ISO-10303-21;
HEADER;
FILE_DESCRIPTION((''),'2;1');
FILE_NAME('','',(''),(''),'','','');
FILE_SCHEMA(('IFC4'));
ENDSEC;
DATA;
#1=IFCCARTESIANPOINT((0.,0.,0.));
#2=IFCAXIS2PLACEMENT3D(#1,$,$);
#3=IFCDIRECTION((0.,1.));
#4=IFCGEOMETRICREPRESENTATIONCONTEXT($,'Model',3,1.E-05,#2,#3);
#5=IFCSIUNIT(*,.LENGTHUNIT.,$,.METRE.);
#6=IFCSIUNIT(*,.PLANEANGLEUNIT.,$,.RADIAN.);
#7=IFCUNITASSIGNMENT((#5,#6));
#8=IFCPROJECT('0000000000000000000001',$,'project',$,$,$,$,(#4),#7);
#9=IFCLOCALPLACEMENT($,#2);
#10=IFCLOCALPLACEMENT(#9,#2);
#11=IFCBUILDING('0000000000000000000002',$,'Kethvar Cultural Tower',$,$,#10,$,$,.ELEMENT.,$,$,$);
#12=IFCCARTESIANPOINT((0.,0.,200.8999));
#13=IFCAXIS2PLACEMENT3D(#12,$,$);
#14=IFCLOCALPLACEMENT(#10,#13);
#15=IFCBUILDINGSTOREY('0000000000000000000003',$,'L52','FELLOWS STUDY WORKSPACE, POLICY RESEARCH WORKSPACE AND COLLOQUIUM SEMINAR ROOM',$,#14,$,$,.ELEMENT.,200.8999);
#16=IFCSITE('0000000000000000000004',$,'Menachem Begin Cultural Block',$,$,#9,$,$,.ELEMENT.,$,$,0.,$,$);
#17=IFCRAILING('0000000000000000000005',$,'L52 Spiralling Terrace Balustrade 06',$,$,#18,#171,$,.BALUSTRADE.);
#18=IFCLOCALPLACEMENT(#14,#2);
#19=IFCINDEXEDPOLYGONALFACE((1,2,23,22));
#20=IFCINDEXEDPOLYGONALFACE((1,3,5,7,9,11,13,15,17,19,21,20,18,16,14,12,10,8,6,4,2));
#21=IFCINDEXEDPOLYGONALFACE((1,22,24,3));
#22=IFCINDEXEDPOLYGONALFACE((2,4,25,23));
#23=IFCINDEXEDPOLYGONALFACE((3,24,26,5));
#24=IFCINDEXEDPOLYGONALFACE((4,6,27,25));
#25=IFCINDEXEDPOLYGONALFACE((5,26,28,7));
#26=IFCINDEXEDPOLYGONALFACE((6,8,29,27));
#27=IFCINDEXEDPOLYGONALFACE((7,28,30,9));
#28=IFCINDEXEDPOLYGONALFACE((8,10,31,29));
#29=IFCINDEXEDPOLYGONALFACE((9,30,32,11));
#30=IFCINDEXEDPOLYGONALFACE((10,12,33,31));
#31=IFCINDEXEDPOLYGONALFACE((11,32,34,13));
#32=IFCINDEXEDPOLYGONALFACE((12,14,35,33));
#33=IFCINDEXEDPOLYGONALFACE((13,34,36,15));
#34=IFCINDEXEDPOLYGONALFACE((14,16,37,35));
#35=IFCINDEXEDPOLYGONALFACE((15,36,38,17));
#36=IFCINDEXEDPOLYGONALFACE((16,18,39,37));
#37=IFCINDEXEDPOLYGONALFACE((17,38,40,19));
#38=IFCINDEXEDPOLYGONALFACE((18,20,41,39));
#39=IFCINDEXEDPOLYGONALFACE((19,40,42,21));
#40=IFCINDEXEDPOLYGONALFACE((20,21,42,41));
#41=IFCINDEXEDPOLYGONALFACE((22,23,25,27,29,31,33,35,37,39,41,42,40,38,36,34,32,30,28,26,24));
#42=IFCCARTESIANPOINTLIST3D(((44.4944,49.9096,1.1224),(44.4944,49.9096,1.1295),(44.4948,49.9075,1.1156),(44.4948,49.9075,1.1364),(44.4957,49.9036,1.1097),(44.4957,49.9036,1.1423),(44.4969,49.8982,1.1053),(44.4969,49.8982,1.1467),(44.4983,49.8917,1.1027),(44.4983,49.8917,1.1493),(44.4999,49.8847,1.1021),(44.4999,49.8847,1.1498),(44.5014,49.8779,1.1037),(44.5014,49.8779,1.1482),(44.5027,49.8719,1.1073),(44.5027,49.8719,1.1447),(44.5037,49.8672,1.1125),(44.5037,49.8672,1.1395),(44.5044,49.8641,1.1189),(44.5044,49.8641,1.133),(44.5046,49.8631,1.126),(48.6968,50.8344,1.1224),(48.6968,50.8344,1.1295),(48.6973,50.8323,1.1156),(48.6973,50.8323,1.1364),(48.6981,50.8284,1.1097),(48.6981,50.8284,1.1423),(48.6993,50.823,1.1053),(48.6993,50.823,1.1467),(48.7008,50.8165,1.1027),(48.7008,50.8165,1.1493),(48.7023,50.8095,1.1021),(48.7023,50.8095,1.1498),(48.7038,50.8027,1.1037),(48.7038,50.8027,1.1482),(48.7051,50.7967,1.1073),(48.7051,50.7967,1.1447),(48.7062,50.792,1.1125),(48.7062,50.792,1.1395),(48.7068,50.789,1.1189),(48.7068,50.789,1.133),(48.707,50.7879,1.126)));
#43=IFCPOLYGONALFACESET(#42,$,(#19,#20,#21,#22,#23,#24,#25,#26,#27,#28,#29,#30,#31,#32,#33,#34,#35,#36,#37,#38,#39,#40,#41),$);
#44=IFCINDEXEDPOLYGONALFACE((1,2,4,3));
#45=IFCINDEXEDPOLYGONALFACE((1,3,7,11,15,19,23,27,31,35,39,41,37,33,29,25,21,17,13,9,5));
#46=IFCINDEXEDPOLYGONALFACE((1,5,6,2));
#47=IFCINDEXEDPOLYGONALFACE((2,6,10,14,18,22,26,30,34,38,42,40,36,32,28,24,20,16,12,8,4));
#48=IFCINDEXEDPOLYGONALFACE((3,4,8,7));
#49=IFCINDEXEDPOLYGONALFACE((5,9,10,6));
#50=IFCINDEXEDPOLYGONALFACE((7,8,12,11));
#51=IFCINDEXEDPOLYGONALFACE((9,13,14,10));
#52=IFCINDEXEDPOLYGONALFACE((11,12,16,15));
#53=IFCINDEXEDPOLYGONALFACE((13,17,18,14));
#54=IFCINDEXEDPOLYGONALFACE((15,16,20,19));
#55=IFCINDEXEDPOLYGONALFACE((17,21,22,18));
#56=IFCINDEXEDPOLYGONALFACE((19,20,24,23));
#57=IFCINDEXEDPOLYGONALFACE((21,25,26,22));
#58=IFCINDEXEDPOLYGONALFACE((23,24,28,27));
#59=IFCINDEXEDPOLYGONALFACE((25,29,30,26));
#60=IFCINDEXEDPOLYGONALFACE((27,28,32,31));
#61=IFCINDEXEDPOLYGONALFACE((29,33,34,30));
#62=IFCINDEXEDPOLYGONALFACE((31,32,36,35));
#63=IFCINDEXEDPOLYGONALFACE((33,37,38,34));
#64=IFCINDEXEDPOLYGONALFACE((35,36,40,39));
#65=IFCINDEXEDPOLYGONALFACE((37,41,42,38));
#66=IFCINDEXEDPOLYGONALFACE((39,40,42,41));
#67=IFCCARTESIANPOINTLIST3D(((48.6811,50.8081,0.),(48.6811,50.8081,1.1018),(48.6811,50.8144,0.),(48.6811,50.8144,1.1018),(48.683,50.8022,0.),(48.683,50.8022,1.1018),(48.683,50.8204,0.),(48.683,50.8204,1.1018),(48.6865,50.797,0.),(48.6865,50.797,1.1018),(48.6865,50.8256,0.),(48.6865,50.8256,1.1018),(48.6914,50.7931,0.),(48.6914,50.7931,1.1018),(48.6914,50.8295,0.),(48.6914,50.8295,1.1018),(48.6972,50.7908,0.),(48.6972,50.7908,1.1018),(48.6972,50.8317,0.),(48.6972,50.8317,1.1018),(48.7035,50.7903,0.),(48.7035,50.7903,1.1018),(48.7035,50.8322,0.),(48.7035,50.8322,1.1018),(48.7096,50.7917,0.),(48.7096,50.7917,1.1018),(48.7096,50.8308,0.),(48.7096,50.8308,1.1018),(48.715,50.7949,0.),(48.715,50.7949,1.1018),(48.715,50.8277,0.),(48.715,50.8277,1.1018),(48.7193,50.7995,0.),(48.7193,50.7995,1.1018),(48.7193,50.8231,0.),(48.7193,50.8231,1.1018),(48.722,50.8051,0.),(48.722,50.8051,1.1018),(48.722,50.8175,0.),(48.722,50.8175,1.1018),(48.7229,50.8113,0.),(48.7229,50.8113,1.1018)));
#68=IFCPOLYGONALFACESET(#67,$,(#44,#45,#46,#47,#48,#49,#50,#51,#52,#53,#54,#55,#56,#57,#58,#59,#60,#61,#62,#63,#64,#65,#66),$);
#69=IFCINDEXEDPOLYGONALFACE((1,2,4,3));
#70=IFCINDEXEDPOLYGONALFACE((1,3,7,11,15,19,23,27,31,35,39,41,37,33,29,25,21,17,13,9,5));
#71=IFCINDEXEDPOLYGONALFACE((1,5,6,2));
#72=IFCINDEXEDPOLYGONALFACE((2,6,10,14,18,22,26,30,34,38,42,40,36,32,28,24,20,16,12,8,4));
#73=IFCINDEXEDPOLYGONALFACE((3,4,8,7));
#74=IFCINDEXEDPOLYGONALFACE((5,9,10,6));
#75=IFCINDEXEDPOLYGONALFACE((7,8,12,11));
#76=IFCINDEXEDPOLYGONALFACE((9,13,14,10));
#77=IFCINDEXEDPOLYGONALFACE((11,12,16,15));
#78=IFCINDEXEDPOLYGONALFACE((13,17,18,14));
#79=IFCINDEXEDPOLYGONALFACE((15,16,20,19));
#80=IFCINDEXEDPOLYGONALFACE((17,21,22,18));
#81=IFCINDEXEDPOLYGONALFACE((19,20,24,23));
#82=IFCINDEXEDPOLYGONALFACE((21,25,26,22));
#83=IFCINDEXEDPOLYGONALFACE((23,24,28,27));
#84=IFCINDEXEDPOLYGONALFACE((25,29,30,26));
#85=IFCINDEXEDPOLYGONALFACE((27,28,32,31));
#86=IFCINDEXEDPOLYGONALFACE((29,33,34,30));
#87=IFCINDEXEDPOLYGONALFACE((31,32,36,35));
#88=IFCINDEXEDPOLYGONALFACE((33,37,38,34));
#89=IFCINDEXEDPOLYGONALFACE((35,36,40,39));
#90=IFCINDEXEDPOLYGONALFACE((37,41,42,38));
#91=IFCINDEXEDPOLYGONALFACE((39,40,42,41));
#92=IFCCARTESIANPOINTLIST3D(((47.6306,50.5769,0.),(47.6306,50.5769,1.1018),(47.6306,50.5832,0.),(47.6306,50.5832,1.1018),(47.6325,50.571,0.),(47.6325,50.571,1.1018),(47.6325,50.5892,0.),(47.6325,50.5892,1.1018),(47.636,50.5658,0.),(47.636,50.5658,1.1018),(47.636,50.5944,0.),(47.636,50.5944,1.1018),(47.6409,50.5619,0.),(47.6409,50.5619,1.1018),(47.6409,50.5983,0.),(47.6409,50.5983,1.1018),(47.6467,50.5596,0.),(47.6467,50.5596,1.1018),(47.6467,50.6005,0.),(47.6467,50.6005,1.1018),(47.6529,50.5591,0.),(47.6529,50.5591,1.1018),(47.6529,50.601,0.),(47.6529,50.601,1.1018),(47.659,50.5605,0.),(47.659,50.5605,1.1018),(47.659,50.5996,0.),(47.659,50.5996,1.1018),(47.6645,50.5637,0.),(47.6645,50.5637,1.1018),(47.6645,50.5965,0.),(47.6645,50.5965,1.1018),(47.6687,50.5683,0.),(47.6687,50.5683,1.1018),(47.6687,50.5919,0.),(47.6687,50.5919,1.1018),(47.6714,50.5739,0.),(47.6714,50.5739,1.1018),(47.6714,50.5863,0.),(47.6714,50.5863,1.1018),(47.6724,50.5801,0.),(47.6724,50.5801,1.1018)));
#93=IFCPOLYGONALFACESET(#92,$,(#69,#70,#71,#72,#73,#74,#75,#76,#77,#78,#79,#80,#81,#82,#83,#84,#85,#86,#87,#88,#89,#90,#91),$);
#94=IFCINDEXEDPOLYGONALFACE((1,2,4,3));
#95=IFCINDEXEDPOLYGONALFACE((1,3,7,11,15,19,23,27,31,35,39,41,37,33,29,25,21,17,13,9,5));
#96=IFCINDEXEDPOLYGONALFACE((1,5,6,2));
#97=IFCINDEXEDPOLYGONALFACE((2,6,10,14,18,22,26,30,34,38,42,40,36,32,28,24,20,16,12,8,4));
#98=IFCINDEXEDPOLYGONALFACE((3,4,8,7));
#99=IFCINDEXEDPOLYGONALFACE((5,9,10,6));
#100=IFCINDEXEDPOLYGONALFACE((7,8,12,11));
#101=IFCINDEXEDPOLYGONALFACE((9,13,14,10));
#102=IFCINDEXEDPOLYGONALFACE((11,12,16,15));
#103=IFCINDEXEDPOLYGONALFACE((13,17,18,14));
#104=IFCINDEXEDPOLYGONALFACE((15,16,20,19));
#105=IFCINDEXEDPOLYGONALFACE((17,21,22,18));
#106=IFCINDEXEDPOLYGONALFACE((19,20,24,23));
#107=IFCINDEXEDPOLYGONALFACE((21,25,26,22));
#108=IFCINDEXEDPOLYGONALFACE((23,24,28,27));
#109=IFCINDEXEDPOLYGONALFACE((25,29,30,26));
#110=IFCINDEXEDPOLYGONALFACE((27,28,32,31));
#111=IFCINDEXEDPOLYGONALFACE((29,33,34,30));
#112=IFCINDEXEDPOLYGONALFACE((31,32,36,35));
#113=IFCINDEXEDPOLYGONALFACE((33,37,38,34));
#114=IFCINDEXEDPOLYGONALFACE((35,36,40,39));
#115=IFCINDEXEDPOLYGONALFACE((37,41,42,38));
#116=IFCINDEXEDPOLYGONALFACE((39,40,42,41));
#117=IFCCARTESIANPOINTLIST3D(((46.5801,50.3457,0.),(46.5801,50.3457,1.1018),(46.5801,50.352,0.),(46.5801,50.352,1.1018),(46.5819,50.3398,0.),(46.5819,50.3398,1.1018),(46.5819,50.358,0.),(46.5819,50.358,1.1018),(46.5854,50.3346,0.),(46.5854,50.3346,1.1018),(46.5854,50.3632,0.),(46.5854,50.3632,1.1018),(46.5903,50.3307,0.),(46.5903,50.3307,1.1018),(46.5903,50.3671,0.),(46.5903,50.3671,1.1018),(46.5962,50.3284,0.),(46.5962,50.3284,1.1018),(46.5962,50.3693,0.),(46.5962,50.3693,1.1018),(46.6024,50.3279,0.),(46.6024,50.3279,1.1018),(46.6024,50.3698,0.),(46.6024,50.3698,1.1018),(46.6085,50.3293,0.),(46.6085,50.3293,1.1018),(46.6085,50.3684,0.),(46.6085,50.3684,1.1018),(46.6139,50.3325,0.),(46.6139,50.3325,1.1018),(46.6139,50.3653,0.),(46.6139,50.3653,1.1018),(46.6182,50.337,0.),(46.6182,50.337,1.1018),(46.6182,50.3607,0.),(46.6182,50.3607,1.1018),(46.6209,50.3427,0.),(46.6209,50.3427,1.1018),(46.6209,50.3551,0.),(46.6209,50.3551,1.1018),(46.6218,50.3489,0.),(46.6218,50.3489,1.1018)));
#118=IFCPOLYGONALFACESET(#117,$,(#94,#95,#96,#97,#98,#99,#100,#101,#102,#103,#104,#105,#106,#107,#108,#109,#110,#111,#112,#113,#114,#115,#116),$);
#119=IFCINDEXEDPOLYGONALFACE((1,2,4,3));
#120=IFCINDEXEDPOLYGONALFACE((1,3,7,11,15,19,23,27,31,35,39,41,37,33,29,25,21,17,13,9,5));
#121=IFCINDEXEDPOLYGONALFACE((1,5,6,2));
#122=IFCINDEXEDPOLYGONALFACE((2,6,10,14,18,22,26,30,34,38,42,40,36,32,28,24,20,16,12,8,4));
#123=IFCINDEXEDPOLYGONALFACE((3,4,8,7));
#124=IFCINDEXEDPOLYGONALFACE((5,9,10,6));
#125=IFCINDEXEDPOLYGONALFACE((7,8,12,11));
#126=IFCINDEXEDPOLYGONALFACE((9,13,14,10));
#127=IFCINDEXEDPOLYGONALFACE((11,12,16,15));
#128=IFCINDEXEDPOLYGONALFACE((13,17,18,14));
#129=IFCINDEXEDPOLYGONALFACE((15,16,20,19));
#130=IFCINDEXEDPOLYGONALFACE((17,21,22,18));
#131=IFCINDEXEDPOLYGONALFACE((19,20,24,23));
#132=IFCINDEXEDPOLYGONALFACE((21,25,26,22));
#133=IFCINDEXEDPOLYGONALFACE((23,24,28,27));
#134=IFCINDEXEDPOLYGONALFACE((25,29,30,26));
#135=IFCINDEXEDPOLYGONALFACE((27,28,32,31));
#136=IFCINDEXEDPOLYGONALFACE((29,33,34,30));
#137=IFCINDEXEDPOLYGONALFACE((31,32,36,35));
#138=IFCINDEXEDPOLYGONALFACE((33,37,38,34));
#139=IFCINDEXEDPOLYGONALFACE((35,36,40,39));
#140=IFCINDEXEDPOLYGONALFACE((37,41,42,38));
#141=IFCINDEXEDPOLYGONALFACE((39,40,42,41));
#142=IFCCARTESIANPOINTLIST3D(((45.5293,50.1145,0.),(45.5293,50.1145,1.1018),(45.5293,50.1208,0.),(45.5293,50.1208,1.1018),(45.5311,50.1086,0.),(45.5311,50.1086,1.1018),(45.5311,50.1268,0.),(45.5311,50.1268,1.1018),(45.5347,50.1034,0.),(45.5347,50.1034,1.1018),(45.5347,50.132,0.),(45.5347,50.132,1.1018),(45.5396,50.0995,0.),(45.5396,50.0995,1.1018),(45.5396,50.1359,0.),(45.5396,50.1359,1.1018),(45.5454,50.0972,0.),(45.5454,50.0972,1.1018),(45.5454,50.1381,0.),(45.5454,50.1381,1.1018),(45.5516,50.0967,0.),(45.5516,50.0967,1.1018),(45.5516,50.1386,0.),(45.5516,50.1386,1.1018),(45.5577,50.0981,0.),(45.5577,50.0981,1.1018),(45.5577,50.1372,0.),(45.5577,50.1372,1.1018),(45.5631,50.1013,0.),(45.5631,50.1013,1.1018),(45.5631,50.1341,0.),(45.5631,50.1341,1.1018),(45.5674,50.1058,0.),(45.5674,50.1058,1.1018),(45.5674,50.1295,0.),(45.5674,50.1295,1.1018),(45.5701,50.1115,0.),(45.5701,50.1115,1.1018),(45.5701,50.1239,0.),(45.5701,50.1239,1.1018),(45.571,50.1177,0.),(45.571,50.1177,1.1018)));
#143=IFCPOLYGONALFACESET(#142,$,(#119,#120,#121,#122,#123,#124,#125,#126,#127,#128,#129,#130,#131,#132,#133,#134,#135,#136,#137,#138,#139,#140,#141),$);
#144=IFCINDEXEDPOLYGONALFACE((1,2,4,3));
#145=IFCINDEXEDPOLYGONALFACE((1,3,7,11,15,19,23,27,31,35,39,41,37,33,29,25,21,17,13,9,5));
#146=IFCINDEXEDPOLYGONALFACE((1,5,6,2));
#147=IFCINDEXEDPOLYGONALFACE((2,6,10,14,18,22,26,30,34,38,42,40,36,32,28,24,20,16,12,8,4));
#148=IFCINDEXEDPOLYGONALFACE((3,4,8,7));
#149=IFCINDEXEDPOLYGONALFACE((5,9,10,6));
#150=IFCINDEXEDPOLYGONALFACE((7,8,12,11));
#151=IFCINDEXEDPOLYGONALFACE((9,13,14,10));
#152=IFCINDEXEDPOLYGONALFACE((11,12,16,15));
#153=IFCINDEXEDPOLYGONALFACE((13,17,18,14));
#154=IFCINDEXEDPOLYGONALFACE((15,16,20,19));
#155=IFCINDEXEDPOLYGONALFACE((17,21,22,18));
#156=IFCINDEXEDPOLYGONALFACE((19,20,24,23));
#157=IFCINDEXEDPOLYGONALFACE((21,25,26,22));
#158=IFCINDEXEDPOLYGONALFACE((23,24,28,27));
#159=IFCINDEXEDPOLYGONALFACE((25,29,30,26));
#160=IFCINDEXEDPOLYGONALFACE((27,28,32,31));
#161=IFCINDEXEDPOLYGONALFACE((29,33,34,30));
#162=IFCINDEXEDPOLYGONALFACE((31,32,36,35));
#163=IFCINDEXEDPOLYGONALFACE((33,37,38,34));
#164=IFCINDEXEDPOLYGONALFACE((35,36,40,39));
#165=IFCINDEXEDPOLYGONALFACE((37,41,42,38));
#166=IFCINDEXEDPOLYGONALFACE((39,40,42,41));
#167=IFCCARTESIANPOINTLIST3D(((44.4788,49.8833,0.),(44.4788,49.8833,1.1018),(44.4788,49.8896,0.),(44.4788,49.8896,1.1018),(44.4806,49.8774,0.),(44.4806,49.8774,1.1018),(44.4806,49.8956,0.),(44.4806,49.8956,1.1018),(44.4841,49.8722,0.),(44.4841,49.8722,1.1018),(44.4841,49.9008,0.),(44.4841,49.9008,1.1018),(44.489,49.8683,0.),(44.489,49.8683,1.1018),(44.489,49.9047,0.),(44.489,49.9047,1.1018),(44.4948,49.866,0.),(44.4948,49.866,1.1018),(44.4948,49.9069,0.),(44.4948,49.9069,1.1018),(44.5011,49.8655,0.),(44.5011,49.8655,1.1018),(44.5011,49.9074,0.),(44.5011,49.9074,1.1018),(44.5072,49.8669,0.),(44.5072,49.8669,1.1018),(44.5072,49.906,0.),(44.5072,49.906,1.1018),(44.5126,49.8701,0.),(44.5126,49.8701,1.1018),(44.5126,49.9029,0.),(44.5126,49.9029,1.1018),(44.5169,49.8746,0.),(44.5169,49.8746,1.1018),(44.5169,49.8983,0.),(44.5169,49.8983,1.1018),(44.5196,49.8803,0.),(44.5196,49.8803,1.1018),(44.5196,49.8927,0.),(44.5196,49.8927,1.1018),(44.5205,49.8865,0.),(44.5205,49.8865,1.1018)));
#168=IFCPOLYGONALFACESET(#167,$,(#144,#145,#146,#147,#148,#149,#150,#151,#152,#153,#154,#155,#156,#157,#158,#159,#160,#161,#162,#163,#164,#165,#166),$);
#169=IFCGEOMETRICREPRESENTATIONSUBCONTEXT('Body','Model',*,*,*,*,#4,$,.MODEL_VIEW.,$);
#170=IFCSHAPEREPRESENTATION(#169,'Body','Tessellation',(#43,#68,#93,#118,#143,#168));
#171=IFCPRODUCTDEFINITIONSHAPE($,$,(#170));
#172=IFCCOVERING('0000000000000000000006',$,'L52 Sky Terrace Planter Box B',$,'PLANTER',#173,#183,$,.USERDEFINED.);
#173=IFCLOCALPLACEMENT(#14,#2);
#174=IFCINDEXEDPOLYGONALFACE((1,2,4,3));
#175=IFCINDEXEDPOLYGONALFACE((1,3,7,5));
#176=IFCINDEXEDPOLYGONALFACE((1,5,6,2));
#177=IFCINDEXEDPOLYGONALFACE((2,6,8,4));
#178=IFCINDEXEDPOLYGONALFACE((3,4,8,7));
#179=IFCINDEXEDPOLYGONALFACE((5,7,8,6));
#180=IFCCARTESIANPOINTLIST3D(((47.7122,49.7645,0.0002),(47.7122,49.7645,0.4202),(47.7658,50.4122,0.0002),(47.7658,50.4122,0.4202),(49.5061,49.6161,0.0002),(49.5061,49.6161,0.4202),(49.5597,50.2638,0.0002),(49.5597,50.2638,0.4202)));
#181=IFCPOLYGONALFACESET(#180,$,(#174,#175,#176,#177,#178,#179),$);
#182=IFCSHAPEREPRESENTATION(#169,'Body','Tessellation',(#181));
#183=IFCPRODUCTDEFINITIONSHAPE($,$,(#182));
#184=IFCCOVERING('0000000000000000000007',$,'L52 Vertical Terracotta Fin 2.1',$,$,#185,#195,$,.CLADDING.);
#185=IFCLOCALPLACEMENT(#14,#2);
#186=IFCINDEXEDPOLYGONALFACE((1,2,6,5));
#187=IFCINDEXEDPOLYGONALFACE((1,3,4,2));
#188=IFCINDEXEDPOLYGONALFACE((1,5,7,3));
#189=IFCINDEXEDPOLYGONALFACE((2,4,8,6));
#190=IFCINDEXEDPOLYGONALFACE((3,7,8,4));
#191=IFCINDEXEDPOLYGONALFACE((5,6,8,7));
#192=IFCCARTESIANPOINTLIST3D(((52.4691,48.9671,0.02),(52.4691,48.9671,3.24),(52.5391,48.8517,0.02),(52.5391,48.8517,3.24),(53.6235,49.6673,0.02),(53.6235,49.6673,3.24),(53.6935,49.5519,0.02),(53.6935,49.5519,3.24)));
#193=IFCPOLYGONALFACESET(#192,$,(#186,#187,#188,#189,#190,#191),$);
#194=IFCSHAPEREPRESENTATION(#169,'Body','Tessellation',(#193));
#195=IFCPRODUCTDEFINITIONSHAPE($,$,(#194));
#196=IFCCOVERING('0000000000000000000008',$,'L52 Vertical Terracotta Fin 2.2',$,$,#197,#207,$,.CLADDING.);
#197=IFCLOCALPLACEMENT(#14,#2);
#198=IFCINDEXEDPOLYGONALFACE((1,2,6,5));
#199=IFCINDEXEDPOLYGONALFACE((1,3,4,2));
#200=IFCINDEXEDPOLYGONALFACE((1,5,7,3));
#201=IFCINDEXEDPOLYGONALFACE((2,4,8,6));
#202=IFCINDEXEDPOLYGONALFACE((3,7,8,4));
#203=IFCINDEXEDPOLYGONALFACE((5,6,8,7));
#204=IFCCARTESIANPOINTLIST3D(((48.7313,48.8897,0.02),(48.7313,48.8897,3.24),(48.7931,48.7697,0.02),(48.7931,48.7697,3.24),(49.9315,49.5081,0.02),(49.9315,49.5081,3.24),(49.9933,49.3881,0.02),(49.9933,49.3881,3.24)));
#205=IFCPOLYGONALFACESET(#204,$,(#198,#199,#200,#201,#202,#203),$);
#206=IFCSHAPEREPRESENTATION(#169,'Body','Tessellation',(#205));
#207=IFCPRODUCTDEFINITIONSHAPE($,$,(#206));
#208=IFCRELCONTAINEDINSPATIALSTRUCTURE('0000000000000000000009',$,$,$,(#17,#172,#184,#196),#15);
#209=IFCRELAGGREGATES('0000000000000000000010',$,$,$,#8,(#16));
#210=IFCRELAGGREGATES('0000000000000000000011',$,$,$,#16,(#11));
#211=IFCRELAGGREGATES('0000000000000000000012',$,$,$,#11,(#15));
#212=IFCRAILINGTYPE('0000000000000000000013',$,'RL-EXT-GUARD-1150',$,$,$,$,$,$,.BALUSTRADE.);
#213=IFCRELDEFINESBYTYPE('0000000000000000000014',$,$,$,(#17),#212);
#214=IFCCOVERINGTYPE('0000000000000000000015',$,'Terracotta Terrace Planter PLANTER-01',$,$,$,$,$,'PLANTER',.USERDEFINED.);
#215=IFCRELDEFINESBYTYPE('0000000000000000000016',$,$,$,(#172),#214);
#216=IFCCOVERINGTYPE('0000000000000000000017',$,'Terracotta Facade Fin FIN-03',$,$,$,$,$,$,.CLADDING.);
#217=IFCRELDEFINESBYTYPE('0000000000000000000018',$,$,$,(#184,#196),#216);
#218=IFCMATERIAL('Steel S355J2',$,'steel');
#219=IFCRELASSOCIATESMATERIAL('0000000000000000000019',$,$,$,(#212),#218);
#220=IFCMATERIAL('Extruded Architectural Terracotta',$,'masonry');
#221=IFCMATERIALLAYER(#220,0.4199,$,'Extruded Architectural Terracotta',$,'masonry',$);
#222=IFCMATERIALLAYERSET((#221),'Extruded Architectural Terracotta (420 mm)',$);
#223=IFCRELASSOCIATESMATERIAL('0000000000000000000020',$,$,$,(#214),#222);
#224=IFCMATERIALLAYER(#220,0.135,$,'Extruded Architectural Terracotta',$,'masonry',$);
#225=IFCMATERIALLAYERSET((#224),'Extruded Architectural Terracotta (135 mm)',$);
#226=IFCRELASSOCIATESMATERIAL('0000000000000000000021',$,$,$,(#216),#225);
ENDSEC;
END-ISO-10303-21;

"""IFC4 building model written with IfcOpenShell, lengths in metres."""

from ifc_helpers import new_model, si_unit, direction, frame, origin, origin_2d, place, context, subcontext, project, spatial, rectangle, circle, extrude, source, transform, mapped, material, layer, layer_set, type_object, element, save


model = new_model("IFC4")

# Units and contexts
model_context = context("Model", 3, precision=1e-05, world=origin(), true_north=direction((0.0, 1.0)))
body_context = subcontext(model_context, "Body", "Model", "MODEL_VIEW")
ifc_project = project(units=[si_unit("LENGTHUNIT", "METRE"), si_unit("PLANEANGLEUNIT", "RADIAN")], contexts=[model_context])

# Site, building, storey
site_placement = place(None, origin())
site = spatial("IfcSite", under=ifc_project, at=site_placement, Name="Menachem Begin Cultural Block", CompositionType="ELEMENT", RefElevation=0.0)
building_placement = place(site_placement, origin())
building = spatial("IfcBuilding", under=site, at=building_placement, Name="Kethvar Cultural Tower", CompositionType="ELEMENT")
storey_placement = place(building_placement, frame((0.0, 0.0, 200.8999)))
storey = spatial("IfcBuildingStorey", under=building, at=storey_placement, Name="L52", Description="FELLOWS STUDY WORKSPACE, POLICY RESEARCH WORKSPACE AND COLLOQUIUM SEMINAR ROOM", CompositionType="ELEMENT", Elevation=200.8999)

# Shared definitions
ifc_material_1 = material(Name="Steel S355J2", Category="steel")

# Railing
railing_type = type_object("IfcRailingType", Name="RL-EXT-GUARD-1150", PredefinedType="BALUSTRADE", material=ifc_material_1)
railing_1_placement = place(storey_placement, frame((48.7019, 50.8113, 0.0)))
element("IfcRailing", 1, at=railing_1_placement, inside=storey, type_object=railing_type, Name="L52 Spiralling Terrace Balustrade 06", PredefinedType="BALUSTRADE", context=body_context, shape_type="SweptSolid", body=[
    extrude(circle(Radius=0.0239, at=origin_2d()), frame((0.0, 0.0, 1.126), z_axis=(-0.976631, -0.214923, 0.0), x_axis=(0.214923, -0.976631, 0.0)), (0.0, 0.0, 1.0), 4.303),
    extrude(circle(Radius=0.021, at=origin_2d()), origin(), (0.0, 0.0, 1.0), 1.1018),
    extrude(circle(Radius=0.021, at=origin_2d()), frame((-1.0505, -0.2312, 0.0)), (0.0, 0.0, 1.0), 1.1018),
    extrude(circle(Radius=0.021, at=origin_2d()), frame((-2.1011, -0.4624, 0.0)), (0.0, 0.0, 1.0), 1.1018),
    extrude(circle(Radius=0.021, at=origin_2d()), frame((-3.1519, -0.6936, 0.0)), (0.0, 0.0, 1.0), 1.1018),
    extrude(circle(Radius=0.021, at=origin_2d()), frame((-4.2024, -0.9248, 0.0)), (0.0, 0.0, 1.0), 1.1018),
])

# Coverings
ifc_material_2 = material(Name="Extruded Architectural Terracotta", Category="masonry")
ifc_layer_1 = layer(ifc_material_2, 0.4199, Name="Extruded Architectural Terracotta", Category="masonry")
ifc_layer_set_1 = layer_set([ifc_layer_1], Name="Extruded Architectural Terracotta (420 mm)")
covering_type_1 = type_object("IfcCoveringType", Name="Terracotta Terrace Planter PLANTER-01", ElementType="PLANTER", PredefinedType="USERDEFINED", material=ifc_layer_set_1)
shared_shape_1 = source(origin(), body_context, "Body", "SweptSolid", [
    extrude(rectangle(XDim=1.8, YDim=0.6499, at=origin_2d()), origin(), (0.0, 0.0, 1.0), 0.4199),
])
covering_placement = place(storey_placement, frame((48.636, 50.0142, 0.0002), z_axis=(0.0, 0.0, 1.0), x_axis=(-0.996594, 0.08246, 0.0)))
element("IfcCovering", 2, at=covering_placement, inside=storey, type_object=covering_type_1, Name="L52 Sky Terrace Planter Box B", ObjectType="PLANTER", PredefinedType="USERDEFINED", context=body_context, shape_type="MappedRepresentation", body=[
    mapped(shared_shape_1, transform((0.0, 0.0, 0.0), scale=1.0)),
])
ifc_layer_2 = layer(ifc_material_2, 0.135, Name="Extruded Architectural Terracotta", Category="masonry")
ifc_layer_set_2 = layer_set([ifc_layer_2], Name="Extruded Architectural Terracotta (135 mm)")
covering_type_2 = type_object("IfcCoveringType", Name="Terracotta Facade Fin FIN-03", PredefinedType="CLADDING", material=ifc_layer_set_2)
shared_shape_2 = source(origin(), body_context, "Body", "SweptSolid", [
    extrude(rectangle(XDim=1.3501, YDim=0.135, at=origin_2d()), origin(), (0.0, 0.0, 1.0), 3.22),
])
for number, where, z_axis, x_axis, name in (
    (3, (53.0813, 49.2595, 0.02), (0.0, 0.0, 1.0), (0.855002, 0.518624, 0.0), "L52 Vertical Terracotta Fin 2.1"),
    (4, (49.3623, 49.1389, 0.02), (0.0, 0.0, 1.0), (0.888937, 0.458029, 0.0), "L52 Vertical Terracotta Fin 2.2"),
):
    element("IfcCovering", number, at=place(storey_placement, frame(where, z_axis=z_axis, x_axis=x_axis)), inside=storey, type_object=covering_type_2, Name=name, PredefinedType="CLADDING", context=body_context, shape_type="MappedRepresentation", body=[
        mapped(shared_shape_2, transform((0.0, 0.0, 0.0), scale=1.0)),
    ])

save(model, "model.ifc")
